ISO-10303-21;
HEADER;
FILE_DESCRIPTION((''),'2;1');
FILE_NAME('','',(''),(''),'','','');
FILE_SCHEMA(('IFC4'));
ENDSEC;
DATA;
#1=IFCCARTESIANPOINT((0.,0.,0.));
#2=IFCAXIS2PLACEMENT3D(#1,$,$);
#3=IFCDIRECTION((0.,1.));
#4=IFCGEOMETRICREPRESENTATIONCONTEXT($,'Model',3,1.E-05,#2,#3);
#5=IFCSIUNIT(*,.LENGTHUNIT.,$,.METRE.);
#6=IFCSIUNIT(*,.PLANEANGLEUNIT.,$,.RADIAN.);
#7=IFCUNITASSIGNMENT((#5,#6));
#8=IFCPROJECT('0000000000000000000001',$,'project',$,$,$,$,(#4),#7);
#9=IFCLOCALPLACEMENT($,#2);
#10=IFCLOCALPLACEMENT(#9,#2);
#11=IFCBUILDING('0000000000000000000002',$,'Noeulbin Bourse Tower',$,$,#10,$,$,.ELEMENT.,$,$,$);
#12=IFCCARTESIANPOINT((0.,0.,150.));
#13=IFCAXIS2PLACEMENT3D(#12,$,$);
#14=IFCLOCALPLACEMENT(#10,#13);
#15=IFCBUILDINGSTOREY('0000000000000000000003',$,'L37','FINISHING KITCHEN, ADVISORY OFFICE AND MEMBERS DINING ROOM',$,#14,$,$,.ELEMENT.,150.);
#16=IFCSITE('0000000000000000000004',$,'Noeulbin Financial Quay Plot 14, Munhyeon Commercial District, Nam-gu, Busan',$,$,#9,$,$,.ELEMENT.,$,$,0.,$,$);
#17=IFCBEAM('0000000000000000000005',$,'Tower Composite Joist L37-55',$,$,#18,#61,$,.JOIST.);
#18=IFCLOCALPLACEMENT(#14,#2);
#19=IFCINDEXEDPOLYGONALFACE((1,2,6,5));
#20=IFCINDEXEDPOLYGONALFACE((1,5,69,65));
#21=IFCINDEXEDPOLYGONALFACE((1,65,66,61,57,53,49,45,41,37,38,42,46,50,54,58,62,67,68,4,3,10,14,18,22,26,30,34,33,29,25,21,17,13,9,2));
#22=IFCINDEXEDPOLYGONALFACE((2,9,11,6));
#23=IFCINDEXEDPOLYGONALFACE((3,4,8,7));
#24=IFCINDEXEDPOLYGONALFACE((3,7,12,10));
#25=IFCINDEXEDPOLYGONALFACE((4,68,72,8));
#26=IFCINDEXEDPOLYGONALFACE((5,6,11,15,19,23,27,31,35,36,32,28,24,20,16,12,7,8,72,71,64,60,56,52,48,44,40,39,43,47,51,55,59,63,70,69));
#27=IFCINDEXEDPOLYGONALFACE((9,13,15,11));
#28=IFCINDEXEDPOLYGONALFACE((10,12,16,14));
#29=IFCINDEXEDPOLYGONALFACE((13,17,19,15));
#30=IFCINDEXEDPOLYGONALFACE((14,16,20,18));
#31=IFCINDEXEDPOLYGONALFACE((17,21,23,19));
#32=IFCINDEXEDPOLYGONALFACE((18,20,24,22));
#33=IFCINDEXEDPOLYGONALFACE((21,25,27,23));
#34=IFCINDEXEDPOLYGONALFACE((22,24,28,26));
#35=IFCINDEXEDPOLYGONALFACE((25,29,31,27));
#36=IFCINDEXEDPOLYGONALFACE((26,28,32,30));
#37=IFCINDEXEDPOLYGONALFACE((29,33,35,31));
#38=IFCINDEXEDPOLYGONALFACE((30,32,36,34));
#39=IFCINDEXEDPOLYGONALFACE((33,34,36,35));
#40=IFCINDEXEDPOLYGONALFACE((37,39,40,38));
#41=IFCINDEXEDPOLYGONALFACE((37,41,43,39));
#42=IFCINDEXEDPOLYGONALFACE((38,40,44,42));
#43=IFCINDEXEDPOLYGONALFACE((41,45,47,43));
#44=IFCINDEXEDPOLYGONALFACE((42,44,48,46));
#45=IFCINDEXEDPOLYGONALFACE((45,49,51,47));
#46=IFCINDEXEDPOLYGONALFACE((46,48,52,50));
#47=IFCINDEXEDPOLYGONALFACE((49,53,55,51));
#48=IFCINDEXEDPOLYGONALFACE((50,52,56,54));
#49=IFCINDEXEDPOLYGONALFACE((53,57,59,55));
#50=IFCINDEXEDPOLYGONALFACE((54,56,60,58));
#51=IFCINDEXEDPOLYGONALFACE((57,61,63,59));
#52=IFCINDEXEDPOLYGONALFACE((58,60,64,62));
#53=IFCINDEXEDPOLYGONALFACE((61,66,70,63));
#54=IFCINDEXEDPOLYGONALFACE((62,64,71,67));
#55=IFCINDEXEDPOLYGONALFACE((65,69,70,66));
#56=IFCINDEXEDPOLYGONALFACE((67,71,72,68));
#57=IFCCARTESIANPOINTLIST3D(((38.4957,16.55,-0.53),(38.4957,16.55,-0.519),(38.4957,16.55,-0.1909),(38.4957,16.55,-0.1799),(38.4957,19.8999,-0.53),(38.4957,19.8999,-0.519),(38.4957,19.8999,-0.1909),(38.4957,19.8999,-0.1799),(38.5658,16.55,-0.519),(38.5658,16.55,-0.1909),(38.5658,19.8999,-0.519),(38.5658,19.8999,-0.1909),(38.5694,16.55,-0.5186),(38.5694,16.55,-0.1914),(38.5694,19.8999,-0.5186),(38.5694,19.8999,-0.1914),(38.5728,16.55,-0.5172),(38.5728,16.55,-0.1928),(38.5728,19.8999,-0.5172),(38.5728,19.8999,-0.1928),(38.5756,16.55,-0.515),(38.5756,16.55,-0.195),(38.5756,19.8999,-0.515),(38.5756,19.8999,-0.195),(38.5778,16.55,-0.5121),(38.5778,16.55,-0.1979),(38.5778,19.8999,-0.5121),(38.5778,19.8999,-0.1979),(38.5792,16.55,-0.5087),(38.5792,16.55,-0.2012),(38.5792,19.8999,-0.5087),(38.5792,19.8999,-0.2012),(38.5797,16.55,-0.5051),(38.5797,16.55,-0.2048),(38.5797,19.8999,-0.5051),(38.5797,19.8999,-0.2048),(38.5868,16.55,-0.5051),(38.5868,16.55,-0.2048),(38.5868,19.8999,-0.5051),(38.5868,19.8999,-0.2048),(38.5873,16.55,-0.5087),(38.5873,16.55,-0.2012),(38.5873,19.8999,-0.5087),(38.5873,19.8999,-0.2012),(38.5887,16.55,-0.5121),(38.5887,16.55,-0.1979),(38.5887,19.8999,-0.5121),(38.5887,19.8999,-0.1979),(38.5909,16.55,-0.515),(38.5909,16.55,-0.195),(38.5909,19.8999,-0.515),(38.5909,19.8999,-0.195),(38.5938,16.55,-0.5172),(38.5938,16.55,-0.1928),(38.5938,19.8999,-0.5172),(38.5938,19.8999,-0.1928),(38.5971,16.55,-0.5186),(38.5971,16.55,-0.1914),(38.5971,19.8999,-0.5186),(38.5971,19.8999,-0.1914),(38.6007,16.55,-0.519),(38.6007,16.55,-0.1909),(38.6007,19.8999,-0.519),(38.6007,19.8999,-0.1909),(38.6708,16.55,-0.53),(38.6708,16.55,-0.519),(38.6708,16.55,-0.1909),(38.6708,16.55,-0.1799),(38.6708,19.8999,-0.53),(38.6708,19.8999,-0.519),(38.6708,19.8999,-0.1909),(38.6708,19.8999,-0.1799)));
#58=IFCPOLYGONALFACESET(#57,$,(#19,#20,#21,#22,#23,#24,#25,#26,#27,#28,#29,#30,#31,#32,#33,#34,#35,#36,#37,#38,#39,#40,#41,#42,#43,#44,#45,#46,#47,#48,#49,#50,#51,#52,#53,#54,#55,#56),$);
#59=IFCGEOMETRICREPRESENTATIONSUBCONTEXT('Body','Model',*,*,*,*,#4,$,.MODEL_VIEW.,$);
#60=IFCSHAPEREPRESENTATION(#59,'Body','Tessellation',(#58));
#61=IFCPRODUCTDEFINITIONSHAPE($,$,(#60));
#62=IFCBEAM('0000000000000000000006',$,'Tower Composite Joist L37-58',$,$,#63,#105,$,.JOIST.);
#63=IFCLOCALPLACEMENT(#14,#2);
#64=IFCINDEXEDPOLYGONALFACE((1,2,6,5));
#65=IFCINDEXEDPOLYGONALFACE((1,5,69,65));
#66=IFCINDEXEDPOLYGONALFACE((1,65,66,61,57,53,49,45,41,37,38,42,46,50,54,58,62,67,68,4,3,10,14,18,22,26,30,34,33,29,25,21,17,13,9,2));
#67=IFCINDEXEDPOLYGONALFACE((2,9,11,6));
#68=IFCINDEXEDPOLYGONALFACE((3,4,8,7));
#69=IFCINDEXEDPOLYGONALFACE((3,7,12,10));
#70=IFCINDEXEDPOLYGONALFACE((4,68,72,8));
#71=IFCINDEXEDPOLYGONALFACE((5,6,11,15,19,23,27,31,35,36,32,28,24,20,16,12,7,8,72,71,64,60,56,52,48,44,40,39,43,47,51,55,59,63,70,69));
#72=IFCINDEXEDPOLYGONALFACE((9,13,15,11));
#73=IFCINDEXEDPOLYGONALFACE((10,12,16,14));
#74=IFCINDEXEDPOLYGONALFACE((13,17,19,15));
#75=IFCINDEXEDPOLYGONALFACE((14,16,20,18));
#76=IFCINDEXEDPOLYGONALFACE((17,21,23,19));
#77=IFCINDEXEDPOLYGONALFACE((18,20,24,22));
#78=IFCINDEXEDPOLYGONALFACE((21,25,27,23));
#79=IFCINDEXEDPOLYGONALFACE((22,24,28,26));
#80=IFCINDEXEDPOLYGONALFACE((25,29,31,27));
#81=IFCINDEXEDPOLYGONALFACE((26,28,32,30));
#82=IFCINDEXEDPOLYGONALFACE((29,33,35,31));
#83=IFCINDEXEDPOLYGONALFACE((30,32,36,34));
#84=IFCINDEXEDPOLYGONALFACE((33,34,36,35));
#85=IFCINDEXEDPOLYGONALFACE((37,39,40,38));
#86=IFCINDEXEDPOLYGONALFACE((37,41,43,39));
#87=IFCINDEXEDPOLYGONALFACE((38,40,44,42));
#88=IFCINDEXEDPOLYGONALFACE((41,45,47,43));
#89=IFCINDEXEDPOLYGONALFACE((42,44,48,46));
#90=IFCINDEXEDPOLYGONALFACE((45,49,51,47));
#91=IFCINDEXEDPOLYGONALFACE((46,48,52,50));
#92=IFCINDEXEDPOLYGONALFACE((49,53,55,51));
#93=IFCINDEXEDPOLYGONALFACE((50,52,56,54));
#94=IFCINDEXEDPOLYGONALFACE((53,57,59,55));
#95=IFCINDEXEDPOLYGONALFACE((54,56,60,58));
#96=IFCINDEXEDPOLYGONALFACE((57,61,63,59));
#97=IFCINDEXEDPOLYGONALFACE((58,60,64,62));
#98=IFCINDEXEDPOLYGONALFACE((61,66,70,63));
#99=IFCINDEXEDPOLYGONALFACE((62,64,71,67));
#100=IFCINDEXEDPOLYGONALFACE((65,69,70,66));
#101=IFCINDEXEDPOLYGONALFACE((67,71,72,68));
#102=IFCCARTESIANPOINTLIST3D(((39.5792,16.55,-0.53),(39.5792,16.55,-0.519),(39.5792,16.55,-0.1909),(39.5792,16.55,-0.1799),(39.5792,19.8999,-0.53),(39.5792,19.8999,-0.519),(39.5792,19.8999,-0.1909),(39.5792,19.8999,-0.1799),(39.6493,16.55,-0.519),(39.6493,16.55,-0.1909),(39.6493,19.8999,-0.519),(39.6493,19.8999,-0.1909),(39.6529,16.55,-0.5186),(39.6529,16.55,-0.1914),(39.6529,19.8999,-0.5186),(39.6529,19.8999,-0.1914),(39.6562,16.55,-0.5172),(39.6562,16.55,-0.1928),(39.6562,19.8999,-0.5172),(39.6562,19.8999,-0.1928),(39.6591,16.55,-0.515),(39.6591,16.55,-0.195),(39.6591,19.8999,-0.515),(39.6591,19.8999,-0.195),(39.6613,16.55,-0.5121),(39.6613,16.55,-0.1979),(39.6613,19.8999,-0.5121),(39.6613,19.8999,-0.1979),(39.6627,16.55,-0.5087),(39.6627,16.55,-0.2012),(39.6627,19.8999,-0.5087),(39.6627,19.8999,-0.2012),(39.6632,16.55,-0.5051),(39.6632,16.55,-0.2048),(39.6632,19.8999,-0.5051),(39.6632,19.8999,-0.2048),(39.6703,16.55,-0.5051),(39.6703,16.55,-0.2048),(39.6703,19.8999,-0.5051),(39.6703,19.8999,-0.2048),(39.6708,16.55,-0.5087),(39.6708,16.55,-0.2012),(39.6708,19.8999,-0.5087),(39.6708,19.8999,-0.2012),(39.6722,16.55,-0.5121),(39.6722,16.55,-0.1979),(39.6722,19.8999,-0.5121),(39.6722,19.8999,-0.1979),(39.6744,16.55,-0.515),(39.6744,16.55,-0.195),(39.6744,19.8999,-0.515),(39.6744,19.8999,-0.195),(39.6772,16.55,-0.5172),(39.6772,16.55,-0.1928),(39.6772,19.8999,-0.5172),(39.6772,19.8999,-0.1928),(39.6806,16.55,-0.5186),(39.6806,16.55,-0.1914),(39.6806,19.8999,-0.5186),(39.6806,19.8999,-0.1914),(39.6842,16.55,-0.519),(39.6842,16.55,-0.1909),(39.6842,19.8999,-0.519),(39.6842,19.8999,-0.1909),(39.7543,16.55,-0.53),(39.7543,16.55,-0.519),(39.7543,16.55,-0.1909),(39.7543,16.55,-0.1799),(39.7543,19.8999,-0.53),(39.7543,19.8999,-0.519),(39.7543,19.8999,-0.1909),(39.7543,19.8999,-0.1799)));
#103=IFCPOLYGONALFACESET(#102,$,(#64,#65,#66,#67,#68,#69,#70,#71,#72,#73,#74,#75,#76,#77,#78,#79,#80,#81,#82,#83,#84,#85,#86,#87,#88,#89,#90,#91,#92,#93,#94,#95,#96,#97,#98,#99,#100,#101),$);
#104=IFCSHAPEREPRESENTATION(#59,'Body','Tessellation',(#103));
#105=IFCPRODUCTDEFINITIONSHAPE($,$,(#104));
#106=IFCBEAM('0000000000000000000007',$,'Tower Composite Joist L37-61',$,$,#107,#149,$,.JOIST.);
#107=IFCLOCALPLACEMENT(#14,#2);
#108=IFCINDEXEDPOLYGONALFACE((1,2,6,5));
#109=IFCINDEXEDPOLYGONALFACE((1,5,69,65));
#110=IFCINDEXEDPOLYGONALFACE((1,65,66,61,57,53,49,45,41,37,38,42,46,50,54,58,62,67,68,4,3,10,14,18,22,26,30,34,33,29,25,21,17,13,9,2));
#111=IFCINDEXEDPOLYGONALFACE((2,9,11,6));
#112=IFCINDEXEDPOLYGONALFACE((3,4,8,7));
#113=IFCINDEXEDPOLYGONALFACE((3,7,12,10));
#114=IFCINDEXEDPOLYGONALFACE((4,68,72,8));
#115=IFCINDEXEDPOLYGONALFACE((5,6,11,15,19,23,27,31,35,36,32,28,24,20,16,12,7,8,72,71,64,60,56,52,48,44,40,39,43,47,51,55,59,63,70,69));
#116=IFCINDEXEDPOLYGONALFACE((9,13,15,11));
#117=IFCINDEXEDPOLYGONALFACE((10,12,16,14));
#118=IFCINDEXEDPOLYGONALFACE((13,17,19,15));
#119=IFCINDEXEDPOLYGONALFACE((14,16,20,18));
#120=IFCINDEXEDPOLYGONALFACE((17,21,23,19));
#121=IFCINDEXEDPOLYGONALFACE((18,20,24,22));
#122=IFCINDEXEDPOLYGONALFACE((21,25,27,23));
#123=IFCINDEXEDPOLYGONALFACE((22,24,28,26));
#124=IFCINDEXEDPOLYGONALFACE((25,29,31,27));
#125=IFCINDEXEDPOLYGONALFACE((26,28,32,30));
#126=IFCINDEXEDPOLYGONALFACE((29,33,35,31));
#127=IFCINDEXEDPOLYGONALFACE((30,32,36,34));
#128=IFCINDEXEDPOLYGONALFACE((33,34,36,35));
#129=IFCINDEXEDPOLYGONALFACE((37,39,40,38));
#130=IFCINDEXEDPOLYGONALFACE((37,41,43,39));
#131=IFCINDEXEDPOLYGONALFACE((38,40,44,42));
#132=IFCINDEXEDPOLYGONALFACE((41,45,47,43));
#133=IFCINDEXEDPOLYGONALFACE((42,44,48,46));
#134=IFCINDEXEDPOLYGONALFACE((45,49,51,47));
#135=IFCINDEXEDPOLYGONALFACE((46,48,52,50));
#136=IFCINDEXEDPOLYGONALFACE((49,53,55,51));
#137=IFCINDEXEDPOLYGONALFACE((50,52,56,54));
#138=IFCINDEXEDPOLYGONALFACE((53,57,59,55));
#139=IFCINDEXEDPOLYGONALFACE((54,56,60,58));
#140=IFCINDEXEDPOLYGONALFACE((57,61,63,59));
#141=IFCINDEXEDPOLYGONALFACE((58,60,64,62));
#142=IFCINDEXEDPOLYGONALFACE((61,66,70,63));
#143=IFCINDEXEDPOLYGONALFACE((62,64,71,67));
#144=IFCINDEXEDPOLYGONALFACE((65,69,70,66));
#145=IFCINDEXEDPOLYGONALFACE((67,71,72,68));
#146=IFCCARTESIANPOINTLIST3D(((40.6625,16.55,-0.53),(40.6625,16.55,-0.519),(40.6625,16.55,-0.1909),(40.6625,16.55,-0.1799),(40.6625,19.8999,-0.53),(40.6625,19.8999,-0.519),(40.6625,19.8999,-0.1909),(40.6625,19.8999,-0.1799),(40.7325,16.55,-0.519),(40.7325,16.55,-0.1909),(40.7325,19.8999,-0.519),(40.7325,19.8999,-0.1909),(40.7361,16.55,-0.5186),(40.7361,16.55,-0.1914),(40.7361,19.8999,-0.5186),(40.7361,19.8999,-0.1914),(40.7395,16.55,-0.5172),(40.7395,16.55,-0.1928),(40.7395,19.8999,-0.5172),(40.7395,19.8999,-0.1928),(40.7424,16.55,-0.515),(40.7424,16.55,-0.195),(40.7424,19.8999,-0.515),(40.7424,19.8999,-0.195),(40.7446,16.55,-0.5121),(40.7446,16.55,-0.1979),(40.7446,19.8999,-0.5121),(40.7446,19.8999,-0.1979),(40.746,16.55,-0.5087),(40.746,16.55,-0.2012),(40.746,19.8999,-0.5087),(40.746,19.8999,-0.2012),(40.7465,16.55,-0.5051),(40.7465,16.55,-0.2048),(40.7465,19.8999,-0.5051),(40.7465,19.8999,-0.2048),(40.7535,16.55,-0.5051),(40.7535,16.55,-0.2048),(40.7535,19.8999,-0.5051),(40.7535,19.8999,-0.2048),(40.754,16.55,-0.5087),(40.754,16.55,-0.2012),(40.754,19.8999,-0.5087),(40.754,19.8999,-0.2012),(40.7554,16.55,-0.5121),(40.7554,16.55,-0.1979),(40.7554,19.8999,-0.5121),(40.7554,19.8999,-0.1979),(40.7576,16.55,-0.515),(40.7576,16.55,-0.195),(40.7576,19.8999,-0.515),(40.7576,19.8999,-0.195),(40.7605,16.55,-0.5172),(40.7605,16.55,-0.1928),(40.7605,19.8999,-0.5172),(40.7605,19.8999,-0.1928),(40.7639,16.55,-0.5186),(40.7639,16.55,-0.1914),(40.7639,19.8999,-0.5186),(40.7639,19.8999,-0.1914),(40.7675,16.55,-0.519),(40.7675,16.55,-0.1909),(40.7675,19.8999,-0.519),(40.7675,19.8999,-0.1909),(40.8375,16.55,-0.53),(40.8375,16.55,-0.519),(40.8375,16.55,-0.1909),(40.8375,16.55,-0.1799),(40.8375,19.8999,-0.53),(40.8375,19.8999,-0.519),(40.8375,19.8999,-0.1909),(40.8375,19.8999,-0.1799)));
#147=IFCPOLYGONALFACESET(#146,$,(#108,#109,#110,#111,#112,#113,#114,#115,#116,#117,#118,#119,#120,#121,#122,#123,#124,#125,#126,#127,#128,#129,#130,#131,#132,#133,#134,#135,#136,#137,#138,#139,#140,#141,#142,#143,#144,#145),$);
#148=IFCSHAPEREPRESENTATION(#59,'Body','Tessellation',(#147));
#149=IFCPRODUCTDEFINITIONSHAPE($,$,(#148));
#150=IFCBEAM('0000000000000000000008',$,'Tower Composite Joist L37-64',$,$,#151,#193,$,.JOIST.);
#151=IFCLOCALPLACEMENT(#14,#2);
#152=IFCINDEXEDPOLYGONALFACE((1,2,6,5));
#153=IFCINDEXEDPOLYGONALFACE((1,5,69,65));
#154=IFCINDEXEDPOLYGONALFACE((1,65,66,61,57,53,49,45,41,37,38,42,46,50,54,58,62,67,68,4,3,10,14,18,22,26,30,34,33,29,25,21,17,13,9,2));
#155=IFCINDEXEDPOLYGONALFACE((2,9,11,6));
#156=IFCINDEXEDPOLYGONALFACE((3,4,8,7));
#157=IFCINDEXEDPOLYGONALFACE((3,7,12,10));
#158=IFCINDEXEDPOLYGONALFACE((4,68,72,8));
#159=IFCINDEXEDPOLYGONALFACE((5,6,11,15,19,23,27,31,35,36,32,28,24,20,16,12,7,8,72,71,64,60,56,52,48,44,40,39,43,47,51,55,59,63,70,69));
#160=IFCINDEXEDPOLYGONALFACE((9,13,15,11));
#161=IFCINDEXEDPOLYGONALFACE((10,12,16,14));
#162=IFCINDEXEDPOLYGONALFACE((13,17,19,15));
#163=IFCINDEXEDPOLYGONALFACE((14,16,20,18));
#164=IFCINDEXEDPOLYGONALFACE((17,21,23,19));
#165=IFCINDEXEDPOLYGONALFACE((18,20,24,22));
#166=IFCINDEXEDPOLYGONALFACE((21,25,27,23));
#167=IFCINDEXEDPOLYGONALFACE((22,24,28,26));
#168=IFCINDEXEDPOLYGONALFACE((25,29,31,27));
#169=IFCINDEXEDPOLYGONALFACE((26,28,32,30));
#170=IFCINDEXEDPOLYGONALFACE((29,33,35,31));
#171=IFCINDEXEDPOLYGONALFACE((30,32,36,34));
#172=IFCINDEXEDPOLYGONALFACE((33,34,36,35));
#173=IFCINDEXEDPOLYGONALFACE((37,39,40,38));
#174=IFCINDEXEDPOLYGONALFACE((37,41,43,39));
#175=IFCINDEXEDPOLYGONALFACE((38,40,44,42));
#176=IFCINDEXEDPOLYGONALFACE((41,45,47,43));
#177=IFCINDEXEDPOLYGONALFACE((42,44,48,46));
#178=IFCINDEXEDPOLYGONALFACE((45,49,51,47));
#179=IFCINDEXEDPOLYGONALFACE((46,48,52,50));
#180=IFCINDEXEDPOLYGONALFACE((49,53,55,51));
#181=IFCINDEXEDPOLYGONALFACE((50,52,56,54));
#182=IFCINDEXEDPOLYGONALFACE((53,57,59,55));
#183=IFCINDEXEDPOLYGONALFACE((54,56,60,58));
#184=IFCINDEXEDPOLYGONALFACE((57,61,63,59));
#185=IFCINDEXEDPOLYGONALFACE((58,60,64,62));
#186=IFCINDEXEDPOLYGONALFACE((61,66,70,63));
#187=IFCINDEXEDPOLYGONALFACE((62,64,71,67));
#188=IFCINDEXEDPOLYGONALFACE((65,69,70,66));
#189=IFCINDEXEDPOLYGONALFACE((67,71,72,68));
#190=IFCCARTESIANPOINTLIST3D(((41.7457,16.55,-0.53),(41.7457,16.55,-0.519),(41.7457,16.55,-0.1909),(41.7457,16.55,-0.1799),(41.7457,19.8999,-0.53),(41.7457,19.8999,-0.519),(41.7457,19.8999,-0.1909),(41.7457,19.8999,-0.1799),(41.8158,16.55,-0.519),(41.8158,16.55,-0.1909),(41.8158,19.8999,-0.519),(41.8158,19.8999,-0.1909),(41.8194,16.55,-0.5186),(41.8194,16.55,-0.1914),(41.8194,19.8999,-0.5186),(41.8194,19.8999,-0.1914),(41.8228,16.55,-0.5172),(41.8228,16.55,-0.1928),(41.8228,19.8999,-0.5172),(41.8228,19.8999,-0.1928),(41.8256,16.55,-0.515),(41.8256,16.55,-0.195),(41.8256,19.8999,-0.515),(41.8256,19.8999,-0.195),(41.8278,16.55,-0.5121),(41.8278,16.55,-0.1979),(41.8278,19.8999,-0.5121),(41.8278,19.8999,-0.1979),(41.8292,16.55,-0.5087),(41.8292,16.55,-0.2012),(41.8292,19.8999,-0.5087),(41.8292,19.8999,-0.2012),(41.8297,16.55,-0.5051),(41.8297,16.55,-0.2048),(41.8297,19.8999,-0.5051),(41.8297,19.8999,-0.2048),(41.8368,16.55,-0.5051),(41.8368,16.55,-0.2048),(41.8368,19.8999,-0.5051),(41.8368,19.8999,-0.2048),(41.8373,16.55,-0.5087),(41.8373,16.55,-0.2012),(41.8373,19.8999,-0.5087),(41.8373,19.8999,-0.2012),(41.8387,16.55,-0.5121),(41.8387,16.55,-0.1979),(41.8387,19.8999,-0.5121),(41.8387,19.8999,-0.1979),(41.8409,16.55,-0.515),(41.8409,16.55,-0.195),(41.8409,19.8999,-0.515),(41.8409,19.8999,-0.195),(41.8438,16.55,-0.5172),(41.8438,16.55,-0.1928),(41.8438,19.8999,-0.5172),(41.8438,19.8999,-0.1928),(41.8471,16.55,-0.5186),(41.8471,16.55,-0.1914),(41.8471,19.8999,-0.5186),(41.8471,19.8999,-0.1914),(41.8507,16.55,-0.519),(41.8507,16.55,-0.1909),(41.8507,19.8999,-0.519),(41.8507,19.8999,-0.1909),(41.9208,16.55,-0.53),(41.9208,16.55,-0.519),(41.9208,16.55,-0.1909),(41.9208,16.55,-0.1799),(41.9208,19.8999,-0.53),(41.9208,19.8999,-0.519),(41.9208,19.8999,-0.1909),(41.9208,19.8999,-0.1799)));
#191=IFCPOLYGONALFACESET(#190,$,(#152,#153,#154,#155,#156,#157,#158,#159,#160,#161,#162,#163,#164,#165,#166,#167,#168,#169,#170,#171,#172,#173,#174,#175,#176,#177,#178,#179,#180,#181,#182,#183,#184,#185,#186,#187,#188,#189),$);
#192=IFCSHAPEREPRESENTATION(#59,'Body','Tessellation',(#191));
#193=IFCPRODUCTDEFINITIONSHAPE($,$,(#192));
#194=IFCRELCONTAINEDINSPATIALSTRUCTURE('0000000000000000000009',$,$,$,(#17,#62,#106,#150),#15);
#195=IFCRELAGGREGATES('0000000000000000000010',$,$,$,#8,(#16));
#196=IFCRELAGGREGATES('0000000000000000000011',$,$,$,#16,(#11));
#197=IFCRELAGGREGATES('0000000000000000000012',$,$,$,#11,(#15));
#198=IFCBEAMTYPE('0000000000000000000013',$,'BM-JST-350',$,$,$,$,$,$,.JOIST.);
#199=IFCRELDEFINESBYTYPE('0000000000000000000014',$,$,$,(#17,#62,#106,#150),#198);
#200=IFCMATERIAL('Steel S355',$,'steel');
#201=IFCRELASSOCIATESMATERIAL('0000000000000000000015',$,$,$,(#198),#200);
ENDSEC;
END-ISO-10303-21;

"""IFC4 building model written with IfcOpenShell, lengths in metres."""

from ifc_helpers import new_model, si_unit, direction, frame, origin, origin_2d, place, context, subcontext, project, spatial, i_section, extrude, material, material_profile, profile_set, type_object, element, save


model = new_model("IFC4")

# Units and contexts
model_context = context("Model", 3, precision=1e-05, world=origin(), true_north=direction((0.0, 1.0)))
body_context = subcontext(model_context, "Body", "Model", "MODEL_VIEW")
ifc_project = project(units=[si_unit("LENGTHUNIT", "METRE"), si_unit("PLANEANGLEUNIT", "RADIAN")], contexts=[model_context])

# Site, building, storey
site_placement = place(None, origin())
site = spatial("IfcSite", under=ifc_project, at=site_placement, Name="Noeulbin Financial Quay Plot 14, Munhyeon Commercial District, Nam-gu, Busan", CompositionType="ELEMENT", RefElevation=0.0)
building_placement = place(site_placement, origin())
building = spatial("IfcBuilding", under=site, at=building_placement, Name="Noeulbin Bourse Tower", CompositionType="ELEMENT")
storey_placement = place(building_placement, frame((0.0, 0.0, 150.0)))
storey = spatial("IfcBuildingStorey", under=building, at=storey_placement, Name="L37", Description="FINISHING KITCHEN, ADVISORY OFFICE AND MEMBERS DINING ROOM", CompositionType="ELEMENT", Elevation=150.0)

# Shared definitions
ifc_material_1 = material(Name="Steel S355", Category="steel")

# Beams
ifc_material_profile_1 = material_profile(ifc_material_1, i_section(OverallWidth=0.175, OverallDepth=0.3501, WebThickness=0.0071, FlangeThickness=0.011, FilletRadius=0.0139, at=origin_2d()), Name="H-350x175x7x11", Category="LoadBearing")
ifc_profile_set_1 = profile_set([ifc_material_profile_1], Name="Steel S355")
beam_type_1 = type_object("IfcBeamType", Name="BM-JST-350", PredefinedType="JOIST", material=ifc_profile_set_1)
for number, where, z_axis, x_axis, name in (
    (1, (38.5833, 16.55, -0.355), (0.0, 1.0, 0.0), (-1.0, 0.0, 0.0), "Tower Composite Joist L37-55"),
    (2, (39.6667, 16.55, -0.355), (0.0, 1.0, 0.0), (-1.0, 0.0, 0.0), "Tower Composite Joist L37-58"),
    (3, (40.75, 16.55, -0.355), (0.0, 1.0, 0.0), (-1.0, 0.0, 0.0), "Tower Composite Joist L37-61"),
    (4, (41.8333, 16.55, -0.355), (0.0, 1.0, 0.0), (-1.0, 0.0, 0.0), "Tower Composite Joist L37-64"),
):
    element("IfcBeam", number, at=place(storey_placement, frame(where, z_axis=z_axis, x_axis=x_axis)), inside=storey, type_object=beam_type_1, Name=name, PredefinedType="JOIST", context=body_context, shape_type="SweptSolid", body=[
        extrude(i_section(OverallWidth=0.175, OverallDepth=0.3501, WebThickness=0.0071, FlangeThickness=0.011, FilletRadius=0.0139, at=origin_2d()), origin(), (0.0, 0.0, 1.0), 3.3499),
    ])

save(model, "model.ifc")
